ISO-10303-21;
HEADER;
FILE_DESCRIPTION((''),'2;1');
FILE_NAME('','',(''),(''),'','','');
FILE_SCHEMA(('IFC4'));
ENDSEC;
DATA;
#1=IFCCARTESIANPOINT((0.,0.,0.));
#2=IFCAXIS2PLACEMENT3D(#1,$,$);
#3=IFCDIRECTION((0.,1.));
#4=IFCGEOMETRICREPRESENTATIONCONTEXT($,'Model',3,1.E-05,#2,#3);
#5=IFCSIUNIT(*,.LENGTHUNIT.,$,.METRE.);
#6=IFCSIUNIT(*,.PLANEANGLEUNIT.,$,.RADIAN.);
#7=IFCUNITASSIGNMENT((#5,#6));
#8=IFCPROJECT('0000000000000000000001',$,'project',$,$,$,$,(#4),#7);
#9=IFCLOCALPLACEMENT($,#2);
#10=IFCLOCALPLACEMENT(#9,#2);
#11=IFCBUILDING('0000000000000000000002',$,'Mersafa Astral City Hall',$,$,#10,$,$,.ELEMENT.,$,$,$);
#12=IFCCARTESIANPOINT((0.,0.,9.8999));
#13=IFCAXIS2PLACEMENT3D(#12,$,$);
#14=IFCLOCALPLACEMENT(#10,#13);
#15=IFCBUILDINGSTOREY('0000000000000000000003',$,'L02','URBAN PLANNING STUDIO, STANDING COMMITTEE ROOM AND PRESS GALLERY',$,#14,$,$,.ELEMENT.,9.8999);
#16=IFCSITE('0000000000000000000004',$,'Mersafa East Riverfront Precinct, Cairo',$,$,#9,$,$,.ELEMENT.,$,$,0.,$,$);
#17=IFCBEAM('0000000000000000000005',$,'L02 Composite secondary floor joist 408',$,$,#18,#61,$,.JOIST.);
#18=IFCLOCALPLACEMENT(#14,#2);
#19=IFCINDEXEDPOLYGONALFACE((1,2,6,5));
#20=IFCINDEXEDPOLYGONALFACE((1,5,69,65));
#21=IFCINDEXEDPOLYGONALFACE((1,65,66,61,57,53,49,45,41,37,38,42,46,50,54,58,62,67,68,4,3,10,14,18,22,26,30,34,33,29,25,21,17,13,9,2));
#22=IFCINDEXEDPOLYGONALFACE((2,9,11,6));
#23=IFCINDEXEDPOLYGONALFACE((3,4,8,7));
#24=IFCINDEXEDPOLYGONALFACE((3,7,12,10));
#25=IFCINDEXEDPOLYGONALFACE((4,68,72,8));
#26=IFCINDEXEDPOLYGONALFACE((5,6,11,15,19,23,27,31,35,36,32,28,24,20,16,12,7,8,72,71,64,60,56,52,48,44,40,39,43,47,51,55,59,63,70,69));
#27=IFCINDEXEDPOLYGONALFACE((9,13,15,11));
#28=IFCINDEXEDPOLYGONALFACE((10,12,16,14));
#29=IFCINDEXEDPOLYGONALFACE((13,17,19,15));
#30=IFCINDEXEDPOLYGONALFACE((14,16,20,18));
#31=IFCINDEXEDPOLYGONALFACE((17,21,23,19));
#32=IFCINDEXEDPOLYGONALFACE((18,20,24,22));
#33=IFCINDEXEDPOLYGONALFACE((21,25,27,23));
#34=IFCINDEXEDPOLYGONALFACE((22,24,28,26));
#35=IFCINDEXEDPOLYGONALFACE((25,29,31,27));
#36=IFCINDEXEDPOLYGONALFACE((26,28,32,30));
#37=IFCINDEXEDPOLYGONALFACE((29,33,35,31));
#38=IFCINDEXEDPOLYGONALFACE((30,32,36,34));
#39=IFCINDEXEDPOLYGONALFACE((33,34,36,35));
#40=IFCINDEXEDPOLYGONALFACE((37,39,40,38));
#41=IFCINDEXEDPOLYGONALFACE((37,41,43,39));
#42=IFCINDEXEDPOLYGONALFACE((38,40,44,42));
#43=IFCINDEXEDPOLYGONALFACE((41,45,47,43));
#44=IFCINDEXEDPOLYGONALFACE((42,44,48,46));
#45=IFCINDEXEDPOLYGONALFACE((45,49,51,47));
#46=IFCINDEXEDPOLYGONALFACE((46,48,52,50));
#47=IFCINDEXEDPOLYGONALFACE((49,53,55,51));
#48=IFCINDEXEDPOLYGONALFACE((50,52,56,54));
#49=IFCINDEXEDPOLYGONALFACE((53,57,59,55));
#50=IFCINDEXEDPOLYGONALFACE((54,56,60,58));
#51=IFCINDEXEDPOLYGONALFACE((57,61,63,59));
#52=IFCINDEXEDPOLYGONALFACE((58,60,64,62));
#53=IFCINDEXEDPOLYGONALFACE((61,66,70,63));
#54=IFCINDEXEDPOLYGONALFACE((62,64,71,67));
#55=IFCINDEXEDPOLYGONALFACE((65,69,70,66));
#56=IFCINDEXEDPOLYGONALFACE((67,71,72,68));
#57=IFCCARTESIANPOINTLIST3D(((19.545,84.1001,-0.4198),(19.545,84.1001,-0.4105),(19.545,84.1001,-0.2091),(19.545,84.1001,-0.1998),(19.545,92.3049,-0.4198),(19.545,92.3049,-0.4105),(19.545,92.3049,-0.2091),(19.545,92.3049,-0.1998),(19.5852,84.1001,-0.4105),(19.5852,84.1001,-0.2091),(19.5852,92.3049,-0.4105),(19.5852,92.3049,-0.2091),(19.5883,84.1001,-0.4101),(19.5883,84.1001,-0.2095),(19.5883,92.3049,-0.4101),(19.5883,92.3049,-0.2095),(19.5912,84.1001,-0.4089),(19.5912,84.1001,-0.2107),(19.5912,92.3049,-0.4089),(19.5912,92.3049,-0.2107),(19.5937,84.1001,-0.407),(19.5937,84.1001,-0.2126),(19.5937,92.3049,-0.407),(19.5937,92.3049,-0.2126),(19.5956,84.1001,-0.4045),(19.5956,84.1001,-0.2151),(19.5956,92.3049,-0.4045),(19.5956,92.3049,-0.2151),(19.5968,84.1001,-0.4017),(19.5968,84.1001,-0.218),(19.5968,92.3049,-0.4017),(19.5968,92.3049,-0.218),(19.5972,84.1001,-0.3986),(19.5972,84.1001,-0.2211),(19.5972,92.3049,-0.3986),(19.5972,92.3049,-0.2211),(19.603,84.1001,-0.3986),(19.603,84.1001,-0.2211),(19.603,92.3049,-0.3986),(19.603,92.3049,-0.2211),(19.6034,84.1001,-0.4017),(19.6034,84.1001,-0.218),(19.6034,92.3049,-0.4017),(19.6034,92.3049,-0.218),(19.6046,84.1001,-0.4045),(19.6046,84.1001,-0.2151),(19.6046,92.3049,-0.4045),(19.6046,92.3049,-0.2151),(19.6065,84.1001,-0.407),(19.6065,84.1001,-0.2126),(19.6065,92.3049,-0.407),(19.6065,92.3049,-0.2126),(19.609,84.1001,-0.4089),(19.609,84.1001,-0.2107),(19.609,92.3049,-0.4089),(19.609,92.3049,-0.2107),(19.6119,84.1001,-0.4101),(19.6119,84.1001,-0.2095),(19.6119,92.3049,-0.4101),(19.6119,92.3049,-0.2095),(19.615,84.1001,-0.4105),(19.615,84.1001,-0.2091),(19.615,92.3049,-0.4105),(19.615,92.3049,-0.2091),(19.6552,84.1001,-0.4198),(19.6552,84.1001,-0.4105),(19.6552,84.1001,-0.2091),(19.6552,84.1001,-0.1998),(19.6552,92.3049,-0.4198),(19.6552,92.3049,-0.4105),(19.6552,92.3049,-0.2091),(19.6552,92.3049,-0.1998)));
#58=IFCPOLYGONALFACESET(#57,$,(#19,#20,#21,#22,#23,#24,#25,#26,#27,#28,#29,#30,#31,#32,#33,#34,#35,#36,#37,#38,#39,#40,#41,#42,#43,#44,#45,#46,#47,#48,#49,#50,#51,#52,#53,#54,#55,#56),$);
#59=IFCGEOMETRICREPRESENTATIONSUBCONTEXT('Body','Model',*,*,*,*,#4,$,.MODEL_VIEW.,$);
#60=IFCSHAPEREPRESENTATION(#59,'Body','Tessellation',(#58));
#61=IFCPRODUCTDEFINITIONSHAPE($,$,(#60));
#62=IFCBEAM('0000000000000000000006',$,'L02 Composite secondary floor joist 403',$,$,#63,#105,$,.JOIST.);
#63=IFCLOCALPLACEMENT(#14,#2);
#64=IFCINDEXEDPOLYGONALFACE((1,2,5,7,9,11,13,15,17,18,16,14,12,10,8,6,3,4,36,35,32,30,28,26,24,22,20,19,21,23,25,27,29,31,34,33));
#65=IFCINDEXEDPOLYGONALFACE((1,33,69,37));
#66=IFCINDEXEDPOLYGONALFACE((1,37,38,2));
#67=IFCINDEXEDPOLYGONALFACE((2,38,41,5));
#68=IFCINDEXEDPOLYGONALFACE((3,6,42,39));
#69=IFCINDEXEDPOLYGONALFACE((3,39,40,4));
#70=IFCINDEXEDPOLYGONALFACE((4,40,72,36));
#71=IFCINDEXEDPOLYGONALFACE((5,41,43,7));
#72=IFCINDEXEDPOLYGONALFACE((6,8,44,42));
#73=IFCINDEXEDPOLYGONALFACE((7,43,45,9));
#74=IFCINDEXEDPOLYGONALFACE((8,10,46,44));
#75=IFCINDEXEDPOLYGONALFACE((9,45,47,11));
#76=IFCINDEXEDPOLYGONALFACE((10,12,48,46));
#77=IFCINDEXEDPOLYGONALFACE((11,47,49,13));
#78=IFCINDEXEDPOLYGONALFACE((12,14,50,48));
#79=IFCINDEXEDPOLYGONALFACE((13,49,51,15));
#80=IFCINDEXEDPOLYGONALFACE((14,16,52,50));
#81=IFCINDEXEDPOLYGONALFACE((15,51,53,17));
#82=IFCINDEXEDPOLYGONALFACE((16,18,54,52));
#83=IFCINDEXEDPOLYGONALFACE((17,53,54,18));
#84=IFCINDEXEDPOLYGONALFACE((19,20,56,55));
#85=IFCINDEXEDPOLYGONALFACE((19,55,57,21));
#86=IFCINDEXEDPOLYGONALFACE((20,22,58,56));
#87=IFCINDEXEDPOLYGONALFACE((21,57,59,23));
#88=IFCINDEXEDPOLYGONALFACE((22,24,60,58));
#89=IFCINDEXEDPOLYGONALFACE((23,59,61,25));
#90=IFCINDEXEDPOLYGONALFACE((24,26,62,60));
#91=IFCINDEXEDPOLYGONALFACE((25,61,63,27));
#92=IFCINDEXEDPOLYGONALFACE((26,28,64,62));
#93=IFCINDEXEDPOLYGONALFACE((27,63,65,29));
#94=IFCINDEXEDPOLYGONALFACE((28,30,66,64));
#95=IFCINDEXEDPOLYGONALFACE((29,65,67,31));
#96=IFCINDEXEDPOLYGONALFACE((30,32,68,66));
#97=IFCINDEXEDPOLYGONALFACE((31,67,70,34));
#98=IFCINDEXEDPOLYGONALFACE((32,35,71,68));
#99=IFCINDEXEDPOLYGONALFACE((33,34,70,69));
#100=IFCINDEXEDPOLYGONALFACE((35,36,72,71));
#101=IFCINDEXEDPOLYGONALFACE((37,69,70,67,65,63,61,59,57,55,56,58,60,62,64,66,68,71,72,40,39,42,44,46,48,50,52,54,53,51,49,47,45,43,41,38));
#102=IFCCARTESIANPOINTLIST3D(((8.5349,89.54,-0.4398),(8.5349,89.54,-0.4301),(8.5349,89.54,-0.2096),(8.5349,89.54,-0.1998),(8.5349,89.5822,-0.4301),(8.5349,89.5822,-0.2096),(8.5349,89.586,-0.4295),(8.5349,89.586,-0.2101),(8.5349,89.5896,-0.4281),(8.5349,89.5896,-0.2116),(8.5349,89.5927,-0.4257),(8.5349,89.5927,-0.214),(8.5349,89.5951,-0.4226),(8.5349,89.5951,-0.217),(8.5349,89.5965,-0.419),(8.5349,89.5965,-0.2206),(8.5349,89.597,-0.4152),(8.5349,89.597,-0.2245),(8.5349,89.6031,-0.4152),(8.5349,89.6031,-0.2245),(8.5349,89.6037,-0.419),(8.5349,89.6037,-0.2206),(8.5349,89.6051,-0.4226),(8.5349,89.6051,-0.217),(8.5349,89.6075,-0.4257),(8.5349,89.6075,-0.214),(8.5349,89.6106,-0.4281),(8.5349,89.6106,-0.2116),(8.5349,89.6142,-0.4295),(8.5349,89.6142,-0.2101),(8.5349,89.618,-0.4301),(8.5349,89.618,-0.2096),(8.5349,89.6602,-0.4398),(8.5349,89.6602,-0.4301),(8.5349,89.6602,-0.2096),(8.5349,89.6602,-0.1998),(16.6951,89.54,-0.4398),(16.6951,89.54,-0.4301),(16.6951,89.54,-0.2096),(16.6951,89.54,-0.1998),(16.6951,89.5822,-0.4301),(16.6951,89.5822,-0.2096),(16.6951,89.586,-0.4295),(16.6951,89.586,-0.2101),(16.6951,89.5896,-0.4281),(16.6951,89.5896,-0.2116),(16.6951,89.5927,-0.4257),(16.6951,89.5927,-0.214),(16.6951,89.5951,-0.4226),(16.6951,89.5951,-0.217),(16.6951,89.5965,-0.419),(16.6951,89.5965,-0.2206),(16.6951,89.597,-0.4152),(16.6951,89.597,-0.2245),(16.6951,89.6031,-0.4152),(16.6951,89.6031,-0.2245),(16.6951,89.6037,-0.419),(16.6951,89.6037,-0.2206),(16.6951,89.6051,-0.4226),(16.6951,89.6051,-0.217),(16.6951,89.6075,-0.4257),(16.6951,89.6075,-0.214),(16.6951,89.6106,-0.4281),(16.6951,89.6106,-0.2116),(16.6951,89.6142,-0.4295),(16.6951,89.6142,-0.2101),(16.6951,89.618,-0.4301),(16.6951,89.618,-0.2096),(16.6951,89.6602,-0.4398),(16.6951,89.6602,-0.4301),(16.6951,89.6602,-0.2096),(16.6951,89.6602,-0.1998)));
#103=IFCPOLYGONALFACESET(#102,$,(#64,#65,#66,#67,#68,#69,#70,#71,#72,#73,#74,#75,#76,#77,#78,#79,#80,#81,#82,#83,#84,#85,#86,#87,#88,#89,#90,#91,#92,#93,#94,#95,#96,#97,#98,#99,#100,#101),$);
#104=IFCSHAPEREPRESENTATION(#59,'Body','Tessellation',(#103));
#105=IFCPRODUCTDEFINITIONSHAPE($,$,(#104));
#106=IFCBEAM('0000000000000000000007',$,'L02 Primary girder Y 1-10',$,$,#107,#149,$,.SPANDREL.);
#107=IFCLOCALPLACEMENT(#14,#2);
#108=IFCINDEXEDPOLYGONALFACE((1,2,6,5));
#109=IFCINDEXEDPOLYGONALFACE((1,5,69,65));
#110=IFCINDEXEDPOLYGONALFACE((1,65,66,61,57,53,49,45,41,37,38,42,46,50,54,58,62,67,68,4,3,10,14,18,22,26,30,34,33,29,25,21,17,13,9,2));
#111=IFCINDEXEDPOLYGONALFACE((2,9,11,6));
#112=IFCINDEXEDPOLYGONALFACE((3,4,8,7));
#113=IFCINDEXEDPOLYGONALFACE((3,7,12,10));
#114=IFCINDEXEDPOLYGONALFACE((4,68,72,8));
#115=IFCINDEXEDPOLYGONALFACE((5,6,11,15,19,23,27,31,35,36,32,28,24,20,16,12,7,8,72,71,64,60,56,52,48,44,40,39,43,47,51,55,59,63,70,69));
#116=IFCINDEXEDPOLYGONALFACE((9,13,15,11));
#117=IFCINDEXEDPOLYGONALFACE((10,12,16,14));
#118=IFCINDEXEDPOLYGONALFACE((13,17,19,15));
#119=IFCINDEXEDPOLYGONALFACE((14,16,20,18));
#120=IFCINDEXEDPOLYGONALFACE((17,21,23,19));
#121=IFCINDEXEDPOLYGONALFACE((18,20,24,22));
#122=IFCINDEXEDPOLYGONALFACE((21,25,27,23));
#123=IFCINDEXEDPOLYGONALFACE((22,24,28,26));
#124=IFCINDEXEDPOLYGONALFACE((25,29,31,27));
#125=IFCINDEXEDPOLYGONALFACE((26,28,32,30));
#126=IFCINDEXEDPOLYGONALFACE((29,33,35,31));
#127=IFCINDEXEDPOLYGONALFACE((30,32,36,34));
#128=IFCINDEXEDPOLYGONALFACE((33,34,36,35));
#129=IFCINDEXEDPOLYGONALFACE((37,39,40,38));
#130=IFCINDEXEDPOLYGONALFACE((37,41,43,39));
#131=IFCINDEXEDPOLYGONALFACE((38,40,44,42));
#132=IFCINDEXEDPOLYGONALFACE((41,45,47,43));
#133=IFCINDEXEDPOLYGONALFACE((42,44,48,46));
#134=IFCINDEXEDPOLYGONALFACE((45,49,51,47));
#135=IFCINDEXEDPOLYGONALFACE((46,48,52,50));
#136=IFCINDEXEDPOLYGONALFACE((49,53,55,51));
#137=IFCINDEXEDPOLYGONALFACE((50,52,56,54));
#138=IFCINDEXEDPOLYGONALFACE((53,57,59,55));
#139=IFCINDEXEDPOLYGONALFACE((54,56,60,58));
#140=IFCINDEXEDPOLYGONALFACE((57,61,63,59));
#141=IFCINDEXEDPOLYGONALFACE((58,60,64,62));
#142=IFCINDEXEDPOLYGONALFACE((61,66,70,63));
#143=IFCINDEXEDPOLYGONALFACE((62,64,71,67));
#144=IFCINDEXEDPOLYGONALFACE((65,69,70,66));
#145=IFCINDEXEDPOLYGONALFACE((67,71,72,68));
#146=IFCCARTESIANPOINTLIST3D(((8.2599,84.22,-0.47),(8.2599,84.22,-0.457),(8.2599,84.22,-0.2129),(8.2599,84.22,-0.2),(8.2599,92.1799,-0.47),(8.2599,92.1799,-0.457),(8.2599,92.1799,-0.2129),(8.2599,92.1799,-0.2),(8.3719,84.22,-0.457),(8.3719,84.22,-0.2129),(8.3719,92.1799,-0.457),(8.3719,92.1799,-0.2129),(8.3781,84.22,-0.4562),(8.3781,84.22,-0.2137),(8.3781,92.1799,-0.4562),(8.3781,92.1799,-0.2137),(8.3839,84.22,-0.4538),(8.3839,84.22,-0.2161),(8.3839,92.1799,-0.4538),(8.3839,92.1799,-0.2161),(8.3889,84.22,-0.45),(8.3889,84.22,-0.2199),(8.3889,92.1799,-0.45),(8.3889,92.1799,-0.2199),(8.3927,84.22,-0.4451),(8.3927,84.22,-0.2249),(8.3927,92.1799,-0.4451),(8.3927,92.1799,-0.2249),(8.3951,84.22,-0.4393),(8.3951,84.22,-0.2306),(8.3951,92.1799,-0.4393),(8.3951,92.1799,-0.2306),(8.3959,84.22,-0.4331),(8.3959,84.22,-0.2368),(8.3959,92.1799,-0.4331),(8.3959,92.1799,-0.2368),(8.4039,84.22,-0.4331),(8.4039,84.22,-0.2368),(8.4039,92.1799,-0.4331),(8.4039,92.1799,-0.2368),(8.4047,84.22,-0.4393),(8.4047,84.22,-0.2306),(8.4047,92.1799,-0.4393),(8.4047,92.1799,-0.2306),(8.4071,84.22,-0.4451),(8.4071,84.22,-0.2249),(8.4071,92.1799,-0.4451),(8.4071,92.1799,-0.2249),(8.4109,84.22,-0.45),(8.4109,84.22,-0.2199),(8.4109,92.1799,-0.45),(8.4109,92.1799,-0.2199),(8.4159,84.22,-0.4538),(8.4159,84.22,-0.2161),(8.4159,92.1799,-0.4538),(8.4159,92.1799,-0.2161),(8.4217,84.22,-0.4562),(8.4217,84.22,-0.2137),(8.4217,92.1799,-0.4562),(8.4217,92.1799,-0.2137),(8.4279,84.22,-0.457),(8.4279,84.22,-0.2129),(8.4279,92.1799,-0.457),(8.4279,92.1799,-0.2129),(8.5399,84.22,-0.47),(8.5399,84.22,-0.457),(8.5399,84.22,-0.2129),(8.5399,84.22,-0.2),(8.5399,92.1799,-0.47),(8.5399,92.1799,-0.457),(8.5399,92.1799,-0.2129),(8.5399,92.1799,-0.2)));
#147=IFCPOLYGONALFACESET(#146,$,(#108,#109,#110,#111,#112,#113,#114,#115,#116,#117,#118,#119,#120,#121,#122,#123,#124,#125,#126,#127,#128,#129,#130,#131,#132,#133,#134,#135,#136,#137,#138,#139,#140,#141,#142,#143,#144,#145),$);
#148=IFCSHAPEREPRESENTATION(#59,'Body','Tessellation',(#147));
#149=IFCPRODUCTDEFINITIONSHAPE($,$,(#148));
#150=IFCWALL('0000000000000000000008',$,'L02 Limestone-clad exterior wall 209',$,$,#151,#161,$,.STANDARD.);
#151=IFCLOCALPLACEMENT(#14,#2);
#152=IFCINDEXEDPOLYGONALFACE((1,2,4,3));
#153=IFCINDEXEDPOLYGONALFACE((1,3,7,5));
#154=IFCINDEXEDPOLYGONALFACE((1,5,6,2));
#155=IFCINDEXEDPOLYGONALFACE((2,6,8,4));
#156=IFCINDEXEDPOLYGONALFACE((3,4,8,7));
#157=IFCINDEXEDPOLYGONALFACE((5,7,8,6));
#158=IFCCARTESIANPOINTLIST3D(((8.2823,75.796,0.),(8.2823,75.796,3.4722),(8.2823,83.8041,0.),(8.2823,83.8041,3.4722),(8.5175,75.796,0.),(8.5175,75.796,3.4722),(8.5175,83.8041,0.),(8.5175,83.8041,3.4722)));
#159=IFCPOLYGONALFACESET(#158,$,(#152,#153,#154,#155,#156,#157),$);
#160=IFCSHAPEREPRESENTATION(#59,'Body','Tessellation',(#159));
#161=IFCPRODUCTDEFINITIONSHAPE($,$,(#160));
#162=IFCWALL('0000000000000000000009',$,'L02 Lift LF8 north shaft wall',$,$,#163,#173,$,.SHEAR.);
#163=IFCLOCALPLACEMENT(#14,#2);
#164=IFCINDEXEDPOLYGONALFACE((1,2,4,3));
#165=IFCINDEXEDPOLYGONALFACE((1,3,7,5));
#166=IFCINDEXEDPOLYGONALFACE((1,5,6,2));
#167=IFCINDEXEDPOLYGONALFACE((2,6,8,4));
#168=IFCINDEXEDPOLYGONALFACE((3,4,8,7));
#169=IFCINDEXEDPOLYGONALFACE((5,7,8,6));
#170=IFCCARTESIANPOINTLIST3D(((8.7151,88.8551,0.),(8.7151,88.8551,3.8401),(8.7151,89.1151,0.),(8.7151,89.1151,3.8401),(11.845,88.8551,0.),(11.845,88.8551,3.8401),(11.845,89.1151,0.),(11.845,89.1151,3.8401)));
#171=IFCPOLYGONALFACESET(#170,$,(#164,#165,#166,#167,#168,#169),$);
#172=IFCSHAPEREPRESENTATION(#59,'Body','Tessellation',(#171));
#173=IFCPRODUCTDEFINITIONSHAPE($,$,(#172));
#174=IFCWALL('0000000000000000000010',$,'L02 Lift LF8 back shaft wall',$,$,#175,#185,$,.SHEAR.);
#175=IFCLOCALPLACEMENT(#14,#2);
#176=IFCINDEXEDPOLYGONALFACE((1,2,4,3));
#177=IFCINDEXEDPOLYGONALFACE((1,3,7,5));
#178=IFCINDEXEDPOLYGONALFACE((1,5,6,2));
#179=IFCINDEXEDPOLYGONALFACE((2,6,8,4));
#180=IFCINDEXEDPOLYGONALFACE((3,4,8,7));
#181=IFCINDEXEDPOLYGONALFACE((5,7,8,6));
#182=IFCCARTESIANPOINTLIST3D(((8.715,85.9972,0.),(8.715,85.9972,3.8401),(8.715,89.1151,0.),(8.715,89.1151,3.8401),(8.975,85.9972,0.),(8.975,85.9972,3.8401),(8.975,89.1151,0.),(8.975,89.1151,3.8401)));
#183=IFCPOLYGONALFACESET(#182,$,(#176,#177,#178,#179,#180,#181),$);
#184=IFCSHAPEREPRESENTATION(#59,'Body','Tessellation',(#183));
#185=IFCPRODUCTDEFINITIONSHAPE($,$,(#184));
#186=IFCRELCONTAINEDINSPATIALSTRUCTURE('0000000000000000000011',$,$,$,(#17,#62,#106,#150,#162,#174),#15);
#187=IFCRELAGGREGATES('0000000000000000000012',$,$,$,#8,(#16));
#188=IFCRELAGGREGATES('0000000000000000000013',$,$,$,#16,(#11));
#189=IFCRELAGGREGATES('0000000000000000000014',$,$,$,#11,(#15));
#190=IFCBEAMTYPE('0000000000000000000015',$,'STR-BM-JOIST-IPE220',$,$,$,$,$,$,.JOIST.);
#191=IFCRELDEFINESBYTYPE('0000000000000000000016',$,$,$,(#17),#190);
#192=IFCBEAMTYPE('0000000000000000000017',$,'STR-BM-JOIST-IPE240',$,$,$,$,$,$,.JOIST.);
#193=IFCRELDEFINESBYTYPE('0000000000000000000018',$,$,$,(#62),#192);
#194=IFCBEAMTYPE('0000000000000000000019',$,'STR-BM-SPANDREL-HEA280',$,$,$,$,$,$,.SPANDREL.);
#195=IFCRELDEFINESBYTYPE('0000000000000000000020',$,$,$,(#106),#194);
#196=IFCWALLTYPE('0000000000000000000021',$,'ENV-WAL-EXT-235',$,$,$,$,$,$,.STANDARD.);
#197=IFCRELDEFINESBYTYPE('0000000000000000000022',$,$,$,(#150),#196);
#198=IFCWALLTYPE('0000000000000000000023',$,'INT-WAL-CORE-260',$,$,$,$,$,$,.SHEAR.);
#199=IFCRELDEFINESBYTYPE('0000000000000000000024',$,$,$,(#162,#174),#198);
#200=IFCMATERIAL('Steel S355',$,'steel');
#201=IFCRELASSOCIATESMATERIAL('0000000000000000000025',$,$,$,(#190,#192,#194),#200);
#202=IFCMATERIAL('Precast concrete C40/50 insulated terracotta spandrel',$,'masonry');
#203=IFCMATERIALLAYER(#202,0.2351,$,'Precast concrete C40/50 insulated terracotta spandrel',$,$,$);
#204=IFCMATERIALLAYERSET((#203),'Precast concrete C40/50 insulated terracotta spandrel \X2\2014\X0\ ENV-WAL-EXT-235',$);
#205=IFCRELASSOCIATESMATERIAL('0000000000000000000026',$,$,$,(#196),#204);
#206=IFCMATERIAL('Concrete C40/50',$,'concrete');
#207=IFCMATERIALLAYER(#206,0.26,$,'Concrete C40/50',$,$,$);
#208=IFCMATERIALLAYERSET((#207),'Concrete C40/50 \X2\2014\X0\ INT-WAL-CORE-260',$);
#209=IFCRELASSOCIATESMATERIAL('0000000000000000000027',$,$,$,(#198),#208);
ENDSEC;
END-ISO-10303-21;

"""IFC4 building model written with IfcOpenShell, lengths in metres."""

from ifc_helpers import new_model, si_unit, direction, frame, frame_2d, origin, origin_2d, place, context, subcontext, project, spatial, rectangle, i_section, extrude, material, layer, layer_set, material_profile, profile_set, type_object, element, save


model = new_model("IFC4")

# Units and contexts
model_context = context("Model", 3, precision=1e-05, world=origin(), true_north=direction((0.0, 1.0)))
body_context = subcontext(model_context, "Body", "Model", "MODEL_VIEW")
ifc_project = project(units=[si_unit("LENGTHUNIT", "METRE"), si_unit("PLANEANGLEUNIT", "RADIAN")], contexts=[model_context])

# Site, building, storey
site_placement = place(None, origin())
site = spatial("IfcSite", under=ifc_project, at=site_placement, Name="Mersafa East Riverfront Precinct, Cairo", CompositionType="ELEMENT", RefElevation=0.0)
building_placement = place(site_placement, origin())
building = spatial("IfcBuilding", under=site, at=building_placement, Name="Mersafa Astral City Hall", CompositionType="ELEMENT")
storey_placement = place(building_placement, frame((0.0, 0.0, 9.8999)))
storey = spatial("IfcBuildingStorey", under=building, at=storey_placement, Name="L02", Description="URBAN PLANNING STUDIO, STANDING COMMITTEE ROOM AND PRESS GALLERY", CompositionType="ELEMENT", Elevation=9.8999)

# Shared definitions
ifc_material_1 = material(Name="Steel S355", Category="steel")

# Beams
ifc_material_profile_1 = material_profile(ifc_material_1, i_section(OverallWidth=0.1101, OverallDepth=0.22, WebThickness=0.0059, FlangeThickness=0.0093, FilletRadius=0.012, at=origin_2d()), Name="IPE 220")
ifc_profile_set_1 = profile_set([ifc_material_profile_1], Name="Steel S355")
beam_type_1 = type_object("IfcBeamType", Name="STR-BM-JOIST-IPE220", PredefinedType="JOIST", material=ifc_profile_set_1)
beam_1_placement = place(storey_placement, frame((19.6001, 84.1001, -0.3098), z_axis=(0.0, 1.0, 0.0), x_axis=(-1.0, 0.0, 0.0)))
element("IfcBeam", 1, at=beam_1_placement, inside=storey, type_object=beam_type_1, Name="L02 Composite secondary floor joist 408", PredefinedType="JOIST", context=body_context, shape_type="SweptSolid", body=[
    extrude(i_section(OverallWidth=0.1101, OverallDepth=0.22, WebThickness=0.0059, FlangeThickness=0.0093, FilletRadius=0.012, at=origin_2d()), origin(), (0.0, 0.0, 1.0), 8.2048),
])
ifc_material_profile_2 = material_profile(ifc_material_1, i_section(OverallWidth=0.1201, OverallDepth=0.24, WebThickness=0.0061, FlangeThickness=0.0098, FilletRadius=0.0149, at=origin_2d()), Name="IPE 240")
ifc_profile_set_2 = profile_set([ifc_material_profile_2], Name="Steel S355")
beam_type_2 = type_object("IfcBeamType", Name="STR-BM-JOIST-IPE240", PredefinedType="JOIST", material=ifc_profile_set_2)
beam_2_placement = place(storey_placement, frame((8.5349, 89.6001, -0.3198), z_axis=(1.0, 0.0, 0.0), x_axis=(0.0, 1.0, 0.0)))
element("IfcBeam", 2, at=beam_2_placement, inside=storey, type_object=beam_type_2, Name="L02 Composite secondary floor joist 403", PredefinedType="JOIST", context=body_context, shape_type="SweptSolid", body=[
    extrude(i_section(OverallWidth=0.1201, OverallDepth=0.24, WebThickness=0.0061, FlangeThickness=0.0098, FilletRadius=0.0149, at=origin_2d()), origin(), (0.0, 0.0, 1.0), 8.1602),
])
ifc_material_profile_3 = material_profile(ifc_material_1, i_section(OverallWidth=0.28, OverallDepth=0.27, WebThickness=0.0081, FlangeThickness=0.0129, FilletRadius=0.0239, at=origin_2d()), Name="HEA 280")
ifc_profile_set_3 = profile_set([ifc_material_profile_3], Name="Steel S355")
beam_type_3 = type_object("IfcBeamType", Name="STR-BM-SPANDREL-HEA280", PredefinedType="SPANDREL", material=ifc_profile_set_3)
beam_3_placement = place(storey_placement, frame((8.3999, 84.22, -0.335), z_axis=(0.0, 1.0, 0.0), x_axis=(-1.0, 0.0, 0.0)))
element("IfcBeam", 3, at=beam_3_placement, inside=storey, type_object=beam_type_3, Name="L02 Primary girder Y 1-10", PredefinedType="SPANDREL", context=body_context, shape_type="SweptSolid", body=[
    extrude(i_section(OverallWidth=0.28, OverallDepth=0.27, WebThickness=0.0081, FlangeThickness=0.0129, FilletRadius=0.0239, at=origin_2d()), origin(), (0.0, 0.0, 1.0), 7.96),
])

# Walls
ifc_material_2 = material(Name="Precast concrete C40/50 insulated terracotta spandrel", Category="masonry")
ifc_layer_1 = layer(ifc_material_2, 0.2351, Name="Precast concrete C40/50 insulated terracotta spandrel")
ifc_layer_set_1 = layer_set([ifc_layer_1], Name="Precast concrete C40/50 insulated terracotta spandrel — ENV-WAL-EXT-235")
wall_type_1 = type_object("IfcWallType", Name="ENV-WAL-EXT-235", PredefinedType="STANDARD", material=ifc_layer_set_1)
wall_1_placement = place(storey_placement, frame((8.3999, 83.804, 0.0), z_axis=(0.0, 0.0, 1.0), x_axis=(0.0, -1.0, 0.0)))
element("IfcWall", 4, at=wall_1_placement, inside=storey, type_object=wall_type_1, Name="L02 Limestone-clad exterior wall 209", PredefinedType="STANDARD", context=body_context, shape_type="SweptSolid", body=[
    extrude(rectangle(XDim=8.0081, YDim=0.2351, at=frame_2d((4.0039, 0.0))), origin(), (0.0, 0.0, 1.0), 3.4722),
])
ifc_material_3 = material(Name="Concrete C40/50", Category="concrete")
ifc_layer_2 = layer(ifc_material_3, 0.26, Name="Concrete C40/50")
ifc_layer_set_2 = layer_set([ifc_layer_2], Name="Concrete C40/50 — INT-WAL-CORE-260")
wall_type_2 = type_object("IfcWallType", Name="INT-WAL-CORE-260", PredefinedType="SHEAR", material=ifc_layer_set_2)
wall_2_placement = place(storey_placement, frame((8.7151, 88.9851, 0.0), z_axis=(0.0, 0.0, 1.0), x_axis=(1.0, 0.0, 0.0)))
element("IfcWall", 5, at=wall_2_placement, inside=storey, type_object=wall_type_2, Name="L02 Lift LF8 north shaft wall", PredefinedType="SHEAR", context=body_context, shape_type="SweptSolid", body=[
    extrude(rectangle(XDim=3.1299, YDim=0.26, at=frame_2d((1.5649, 0.0))), origin(), (0.0, 0.0, 1.0), 3.8401),
])
wall_3_placement = place(storey_placement, frame((8.845, 85.9971, 0.0), z_axis=(0.0, 0.0, 1.0), x_axis=(0.0, 1.0, 0.0)))
element("IfcWall", 6, at=wall_3_placement, inside=storey, type_object=wall_type_2, Name="L02 Lift LF8 back shaft wall", PredefinedType="SHEAR", context=body_context, shape_type="SweptSolid", body=[
    extrude(rectangle(XDim=3.1179, YDim=0.26, at=frame_2d((1.5591, 0.0))), origin(), (0.0, 0.0, 1.0), 3.8401),
])

save(model, "model.ifc")
